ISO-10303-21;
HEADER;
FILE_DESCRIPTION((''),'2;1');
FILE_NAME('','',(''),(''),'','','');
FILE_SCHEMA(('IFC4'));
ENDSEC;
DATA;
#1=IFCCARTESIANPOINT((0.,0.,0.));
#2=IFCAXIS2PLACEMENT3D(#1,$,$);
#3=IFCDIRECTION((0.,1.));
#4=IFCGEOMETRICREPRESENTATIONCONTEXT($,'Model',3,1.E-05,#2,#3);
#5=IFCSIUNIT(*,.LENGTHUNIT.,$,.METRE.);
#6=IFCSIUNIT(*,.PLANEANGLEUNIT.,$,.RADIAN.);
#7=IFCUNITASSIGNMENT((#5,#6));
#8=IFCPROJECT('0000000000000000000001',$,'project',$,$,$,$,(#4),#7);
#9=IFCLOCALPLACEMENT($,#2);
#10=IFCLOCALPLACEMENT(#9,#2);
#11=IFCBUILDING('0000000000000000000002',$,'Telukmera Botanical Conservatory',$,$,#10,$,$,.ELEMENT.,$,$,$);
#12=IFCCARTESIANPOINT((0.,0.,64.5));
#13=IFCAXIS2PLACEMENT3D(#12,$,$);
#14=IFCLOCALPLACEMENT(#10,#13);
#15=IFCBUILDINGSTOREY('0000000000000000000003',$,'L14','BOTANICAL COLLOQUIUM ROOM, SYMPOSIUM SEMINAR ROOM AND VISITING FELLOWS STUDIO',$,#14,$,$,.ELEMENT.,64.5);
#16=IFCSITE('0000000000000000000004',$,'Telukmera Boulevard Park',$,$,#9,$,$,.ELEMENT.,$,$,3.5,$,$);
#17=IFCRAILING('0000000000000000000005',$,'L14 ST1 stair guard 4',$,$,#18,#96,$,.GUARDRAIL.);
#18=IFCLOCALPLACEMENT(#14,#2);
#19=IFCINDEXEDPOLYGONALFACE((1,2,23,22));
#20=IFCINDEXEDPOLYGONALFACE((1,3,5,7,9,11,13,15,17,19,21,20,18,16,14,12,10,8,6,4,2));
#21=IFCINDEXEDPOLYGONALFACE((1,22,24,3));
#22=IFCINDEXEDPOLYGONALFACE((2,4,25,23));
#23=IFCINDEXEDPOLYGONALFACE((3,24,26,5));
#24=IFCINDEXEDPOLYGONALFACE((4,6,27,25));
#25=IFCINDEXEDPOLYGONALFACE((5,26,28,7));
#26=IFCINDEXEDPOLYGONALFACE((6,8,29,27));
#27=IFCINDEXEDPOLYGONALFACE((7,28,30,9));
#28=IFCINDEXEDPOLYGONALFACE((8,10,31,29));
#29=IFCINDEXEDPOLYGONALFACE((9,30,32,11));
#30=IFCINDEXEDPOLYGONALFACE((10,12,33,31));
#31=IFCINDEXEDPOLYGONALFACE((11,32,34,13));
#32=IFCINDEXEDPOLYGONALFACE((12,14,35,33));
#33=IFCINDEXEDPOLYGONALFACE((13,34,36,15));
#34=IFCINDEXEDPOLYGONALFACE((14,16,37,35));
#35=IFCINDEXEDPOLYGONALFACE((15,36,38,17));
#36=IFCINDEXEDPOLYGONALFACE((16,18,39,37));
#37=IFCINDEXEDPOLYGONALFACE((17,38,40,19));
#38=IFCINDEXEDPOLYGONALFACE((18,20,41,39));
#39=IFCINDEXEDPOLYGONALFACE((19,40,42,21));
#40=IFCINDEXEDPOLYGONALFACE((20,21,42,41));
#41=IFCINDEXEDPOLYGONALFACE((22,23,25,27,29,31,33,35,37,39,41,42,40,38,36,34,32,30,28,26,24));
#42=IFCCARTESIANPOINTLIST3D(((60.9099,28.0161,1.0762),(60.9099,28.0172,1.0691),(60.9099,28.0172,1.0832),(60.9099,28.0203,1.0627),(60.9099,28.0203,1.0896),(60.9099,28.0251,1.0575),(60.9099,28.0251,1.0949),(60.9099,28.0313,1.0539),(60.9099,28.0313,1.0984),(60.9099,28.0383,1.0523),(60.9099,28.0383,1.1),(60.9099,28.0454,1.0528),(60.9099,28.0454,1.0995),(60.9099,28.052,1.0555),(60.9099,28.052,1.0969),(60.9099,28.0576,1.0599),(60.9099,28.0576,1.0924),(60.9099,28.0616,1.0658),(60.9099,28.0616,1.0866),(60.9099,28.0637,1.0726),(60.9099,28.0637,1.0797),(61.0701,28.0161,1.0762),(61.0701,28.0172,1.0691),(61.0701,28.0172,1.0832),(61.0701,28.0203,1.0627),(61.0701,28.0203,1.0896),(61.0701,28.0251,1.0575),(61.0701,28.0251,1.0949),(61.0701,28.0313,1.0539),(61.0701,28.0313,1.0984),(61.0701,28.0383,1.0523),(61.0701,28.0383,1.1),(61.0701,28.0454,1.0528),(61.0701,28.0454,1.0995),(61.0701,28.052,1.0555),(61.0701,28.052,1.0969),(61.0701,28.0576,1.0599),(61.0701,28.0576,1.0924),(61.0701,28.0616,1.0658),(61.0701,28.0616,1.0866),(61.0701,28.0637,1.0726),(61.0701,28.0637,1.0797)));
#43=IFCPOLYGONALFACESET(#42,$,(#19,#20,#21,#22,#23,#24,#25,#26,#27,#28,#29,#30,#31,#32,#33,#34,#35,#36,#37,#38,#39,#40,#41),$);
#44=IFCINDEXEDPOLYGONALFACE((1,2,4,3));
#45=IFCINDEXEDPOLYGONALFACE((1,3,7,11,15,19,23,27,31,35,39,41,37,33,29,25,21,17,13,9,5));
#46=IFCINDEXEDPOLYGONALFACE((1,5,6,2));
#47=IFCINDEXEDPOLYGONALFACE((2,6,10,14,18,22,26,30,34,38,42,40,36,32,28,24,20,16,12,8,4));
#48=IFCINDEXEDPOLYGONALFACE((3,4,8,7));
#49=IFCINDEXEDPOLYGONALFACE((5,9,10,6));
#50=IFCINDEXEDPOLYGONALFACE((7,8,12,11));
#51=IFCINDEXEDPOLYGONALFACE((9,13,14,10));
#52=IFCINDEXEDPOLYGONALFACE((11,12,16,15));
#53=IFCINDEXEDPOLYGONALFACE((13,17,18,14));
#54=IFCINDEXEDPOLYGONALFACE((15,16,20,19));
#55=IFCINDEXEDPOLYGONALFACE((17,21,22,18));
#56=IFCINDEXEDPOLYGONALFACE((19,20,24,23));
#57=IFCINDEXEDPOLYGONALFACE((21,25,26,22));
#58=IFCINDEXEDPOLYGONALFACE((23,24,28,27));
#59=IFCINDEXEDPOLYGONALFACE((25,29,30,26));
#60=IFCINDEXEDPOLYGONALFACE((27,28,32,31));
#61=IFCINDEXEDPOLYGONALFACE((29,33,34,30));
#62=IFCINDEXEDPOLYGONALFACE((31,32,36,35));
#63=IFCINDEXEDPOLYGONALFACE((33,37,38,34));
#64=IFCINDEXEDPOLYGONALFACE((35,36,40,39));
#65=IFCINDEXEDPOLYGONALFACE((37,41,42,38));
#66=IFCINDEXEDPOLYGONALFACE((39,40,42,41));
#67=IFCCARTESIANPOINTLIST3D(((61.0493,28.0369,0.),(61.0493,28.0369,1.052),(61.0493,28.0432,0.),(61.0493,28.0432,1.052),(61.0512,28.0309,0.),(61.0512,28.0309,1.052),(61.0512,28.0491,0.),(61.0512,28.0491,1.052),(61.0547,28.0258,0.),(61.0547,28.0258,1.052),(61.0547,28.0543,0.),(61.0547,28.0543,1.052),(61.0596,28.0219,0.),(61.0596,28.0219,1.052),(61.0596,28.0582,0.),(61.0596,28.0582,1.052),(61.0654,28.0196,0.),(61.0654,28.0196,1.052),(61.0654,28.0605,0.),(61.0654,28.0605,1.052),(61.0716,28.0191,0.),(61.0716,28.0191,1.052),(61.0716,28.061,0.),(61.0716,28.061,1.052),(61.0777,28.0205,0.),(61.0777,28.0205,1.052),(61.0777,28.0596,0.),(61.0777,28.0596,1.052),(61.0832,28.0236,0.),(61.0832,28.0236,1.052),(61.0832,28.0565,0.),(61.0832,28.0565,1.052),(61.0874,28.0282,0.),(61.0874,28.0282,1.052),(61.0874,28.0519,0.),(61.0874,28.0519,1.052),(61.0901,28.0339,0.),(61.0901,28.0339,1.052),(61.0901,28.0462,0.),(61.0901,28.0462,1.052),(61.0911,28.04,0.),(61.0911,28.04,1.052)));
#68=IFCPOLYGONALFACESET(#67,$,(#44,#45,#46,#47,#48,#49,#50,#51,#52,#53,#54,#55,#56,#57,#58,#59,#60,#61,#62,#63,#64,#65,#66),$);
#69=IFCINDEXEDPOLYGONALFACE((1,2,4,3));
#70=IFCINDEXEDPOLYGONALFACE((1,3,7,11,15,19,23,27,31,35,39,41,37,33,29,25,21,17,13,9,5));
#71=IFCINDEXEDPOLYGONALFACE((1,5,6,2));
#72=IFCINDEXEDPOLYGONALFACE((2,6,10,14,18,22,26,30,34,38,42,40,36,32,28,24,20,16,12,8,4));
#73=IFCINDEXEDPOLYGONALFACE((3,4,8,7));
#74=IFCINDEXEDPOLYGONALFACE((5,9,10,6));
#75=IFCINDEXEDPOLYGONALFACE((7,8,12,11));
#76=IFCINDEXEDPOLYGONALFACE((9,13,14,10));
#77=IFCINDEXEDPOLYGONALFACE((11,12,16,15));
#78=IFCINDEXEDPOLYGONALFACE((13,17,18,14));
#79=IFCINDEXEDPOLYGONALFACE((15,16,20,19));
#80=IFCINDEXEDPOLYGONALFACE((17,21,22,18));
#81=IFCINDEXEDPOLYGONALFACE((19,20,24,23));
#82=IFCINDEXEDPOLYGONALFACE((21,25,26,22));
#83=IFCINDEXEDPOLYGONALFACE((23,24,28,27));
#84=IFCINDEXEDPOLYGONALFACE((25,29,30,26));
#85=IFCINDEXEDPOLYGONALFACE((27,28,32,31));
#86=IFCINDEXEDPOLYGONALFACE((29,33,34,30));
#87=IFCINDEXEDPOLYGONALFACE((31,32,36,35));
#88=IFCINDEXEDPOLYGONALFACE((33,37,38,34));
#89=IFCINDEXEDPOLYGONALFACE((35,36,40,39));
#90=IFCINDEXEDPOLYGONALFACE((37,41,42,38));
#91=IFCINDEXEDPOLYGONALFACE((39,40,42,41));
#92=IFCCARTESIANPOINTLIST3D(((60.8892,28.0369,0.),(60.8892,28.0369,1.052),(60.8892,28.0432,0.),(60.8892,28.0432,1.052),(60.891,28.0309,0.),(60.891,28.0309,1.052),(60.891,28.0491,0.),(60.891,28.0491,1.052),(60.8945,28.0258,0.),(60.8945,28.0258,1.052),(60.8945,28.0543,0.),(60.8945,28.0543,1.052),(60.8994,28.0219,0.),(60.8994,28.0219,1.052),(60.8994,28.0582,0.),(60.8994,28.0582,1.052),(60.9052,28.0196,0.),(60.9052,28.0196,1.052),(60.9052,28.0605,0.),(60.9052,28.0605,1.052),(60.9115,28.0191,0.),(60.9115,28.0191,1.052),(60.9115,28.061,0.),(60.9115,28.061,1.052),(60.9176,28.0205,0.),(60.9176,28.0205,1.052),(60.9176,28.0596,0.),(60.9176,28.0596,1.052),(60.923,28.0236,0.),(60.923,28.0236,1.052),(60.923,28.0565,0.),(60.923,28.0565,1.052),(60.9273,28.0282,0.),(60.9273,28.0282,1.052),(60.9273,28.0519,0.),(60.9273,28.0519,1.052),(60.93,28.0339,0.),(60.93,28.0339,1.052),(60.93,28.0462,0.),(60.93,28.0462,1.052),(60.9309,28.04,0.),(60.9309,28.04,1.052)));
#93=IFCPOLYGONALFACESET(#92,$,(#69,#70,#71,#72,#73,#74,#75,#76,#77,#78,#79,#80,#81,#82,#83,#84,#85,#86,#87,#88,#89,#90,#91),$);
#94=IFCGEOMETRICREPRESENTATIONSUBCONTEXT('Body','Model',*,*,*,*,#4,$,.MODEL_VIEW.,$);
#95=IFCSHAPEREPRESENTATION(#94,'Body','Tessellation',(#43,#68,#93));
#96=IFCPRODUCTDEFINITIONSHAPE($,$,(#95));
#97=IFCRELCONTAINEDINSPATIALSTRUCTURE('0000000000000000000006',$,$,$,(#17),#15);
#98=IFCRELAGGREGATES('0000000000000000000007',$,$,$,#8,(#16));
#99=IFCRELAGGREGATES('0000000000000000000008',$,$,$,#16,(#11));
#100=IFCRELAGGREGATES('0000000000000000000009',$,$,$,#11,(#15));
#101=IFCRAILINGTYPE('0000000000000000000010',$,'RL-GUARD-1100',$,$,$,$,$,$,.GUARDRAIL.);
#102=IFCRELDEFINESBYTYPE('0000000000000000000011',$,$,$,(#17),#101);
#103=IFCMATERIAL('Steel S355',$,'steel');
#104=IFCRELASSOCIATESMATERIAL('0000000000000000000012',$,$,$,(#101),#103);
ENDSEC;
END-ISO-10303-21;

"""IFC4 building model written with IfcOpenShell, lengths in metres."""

from ifc_helpers import new_model, si_unit, direction, frame, origin, origin_2d, place, context, subcontext, project, spatial, circle, extrude, material, type_object, element, save


model = new_model("IFC4")

# Units and contexts
model_context = context("Model", 3, precision=1e-05, world=origin(), true_north=direction((0.0, 1.0)))
body_context = subcontext(model_context, "Body", "Model", "MODEL_VIEW")
ifc_project = project(units=[si_unit("LENGTHUNIT", "METRE"), si_unit("PLANEANGLEUNIT", "RADIAN")], contexts=[model_context])

# Site, building, storey
site_placement = place(None, origin())
site = spatial("IfcSite", under=ifc_project, at=site_placement, Name="Telukmera Boulevard Park", CompositionType="ELEMENT", RefElevation=3.5)
building_placement = place(site_placement, origin())
building = spatial("IfcBuilding", under=site, at=building_placement, Name="Telukmera Botanical Conservatory", CompositionType="ELEMENT")
storey_placement = place(building_placement, frame((0.0, 0.0, 64.5)))
storey = spatial("IfcBuildingStorey", under=building, at=storey_placement, Name="L14", Description="BOTANICAL COLLOQUIUM ROOM, SYMPOSIUM SEMINAR ROOM AND VISITING FELLOWS STUDIO", CompositionType="ELEMENT", Elevation=64.5)

# Railing
ifc_material_1 = material(Name="Steel S355", Category="steel")
railing_type_1 = type_object("IfcRailingType", Name="RL-GUARD-1100", PredefinedType="GUARDRAIL", material=ifc_material_1)
railing_1_placement = place(storey_placement, frame((61.0701, 28.04, 0.0)))
element("IfcRailing", 1, at=railing_1_placement, inside=storey, type_object=railing_type_1, Name="L14 ST1 stair guard 4", PredefinedType="GUARDRAIL", context=body_context, shape_type="SweptSolid", body=[
    extrude(circle(Radius=0.0239, at=origin_2d()), frame((0.0, 0.0, 1.0762), z_axis=(-1.0, 0.0, 0.0), x_axis=(0.0, -1.0, 0.0)), (0.0, 0.0, 1.0), 0.1602),
    extrude(circle(Radius=0.021, at=origin_2d()), origin(), (0.0, 0.0, 1.0), 1.052),
    extrude(circle(Radius=0.021, at=origin_2d()), frame((-0.1602, 0.0, 0.0)), (0.0, 0.0, 1.0), 1.052),
])

save(model, "model.ifc")
